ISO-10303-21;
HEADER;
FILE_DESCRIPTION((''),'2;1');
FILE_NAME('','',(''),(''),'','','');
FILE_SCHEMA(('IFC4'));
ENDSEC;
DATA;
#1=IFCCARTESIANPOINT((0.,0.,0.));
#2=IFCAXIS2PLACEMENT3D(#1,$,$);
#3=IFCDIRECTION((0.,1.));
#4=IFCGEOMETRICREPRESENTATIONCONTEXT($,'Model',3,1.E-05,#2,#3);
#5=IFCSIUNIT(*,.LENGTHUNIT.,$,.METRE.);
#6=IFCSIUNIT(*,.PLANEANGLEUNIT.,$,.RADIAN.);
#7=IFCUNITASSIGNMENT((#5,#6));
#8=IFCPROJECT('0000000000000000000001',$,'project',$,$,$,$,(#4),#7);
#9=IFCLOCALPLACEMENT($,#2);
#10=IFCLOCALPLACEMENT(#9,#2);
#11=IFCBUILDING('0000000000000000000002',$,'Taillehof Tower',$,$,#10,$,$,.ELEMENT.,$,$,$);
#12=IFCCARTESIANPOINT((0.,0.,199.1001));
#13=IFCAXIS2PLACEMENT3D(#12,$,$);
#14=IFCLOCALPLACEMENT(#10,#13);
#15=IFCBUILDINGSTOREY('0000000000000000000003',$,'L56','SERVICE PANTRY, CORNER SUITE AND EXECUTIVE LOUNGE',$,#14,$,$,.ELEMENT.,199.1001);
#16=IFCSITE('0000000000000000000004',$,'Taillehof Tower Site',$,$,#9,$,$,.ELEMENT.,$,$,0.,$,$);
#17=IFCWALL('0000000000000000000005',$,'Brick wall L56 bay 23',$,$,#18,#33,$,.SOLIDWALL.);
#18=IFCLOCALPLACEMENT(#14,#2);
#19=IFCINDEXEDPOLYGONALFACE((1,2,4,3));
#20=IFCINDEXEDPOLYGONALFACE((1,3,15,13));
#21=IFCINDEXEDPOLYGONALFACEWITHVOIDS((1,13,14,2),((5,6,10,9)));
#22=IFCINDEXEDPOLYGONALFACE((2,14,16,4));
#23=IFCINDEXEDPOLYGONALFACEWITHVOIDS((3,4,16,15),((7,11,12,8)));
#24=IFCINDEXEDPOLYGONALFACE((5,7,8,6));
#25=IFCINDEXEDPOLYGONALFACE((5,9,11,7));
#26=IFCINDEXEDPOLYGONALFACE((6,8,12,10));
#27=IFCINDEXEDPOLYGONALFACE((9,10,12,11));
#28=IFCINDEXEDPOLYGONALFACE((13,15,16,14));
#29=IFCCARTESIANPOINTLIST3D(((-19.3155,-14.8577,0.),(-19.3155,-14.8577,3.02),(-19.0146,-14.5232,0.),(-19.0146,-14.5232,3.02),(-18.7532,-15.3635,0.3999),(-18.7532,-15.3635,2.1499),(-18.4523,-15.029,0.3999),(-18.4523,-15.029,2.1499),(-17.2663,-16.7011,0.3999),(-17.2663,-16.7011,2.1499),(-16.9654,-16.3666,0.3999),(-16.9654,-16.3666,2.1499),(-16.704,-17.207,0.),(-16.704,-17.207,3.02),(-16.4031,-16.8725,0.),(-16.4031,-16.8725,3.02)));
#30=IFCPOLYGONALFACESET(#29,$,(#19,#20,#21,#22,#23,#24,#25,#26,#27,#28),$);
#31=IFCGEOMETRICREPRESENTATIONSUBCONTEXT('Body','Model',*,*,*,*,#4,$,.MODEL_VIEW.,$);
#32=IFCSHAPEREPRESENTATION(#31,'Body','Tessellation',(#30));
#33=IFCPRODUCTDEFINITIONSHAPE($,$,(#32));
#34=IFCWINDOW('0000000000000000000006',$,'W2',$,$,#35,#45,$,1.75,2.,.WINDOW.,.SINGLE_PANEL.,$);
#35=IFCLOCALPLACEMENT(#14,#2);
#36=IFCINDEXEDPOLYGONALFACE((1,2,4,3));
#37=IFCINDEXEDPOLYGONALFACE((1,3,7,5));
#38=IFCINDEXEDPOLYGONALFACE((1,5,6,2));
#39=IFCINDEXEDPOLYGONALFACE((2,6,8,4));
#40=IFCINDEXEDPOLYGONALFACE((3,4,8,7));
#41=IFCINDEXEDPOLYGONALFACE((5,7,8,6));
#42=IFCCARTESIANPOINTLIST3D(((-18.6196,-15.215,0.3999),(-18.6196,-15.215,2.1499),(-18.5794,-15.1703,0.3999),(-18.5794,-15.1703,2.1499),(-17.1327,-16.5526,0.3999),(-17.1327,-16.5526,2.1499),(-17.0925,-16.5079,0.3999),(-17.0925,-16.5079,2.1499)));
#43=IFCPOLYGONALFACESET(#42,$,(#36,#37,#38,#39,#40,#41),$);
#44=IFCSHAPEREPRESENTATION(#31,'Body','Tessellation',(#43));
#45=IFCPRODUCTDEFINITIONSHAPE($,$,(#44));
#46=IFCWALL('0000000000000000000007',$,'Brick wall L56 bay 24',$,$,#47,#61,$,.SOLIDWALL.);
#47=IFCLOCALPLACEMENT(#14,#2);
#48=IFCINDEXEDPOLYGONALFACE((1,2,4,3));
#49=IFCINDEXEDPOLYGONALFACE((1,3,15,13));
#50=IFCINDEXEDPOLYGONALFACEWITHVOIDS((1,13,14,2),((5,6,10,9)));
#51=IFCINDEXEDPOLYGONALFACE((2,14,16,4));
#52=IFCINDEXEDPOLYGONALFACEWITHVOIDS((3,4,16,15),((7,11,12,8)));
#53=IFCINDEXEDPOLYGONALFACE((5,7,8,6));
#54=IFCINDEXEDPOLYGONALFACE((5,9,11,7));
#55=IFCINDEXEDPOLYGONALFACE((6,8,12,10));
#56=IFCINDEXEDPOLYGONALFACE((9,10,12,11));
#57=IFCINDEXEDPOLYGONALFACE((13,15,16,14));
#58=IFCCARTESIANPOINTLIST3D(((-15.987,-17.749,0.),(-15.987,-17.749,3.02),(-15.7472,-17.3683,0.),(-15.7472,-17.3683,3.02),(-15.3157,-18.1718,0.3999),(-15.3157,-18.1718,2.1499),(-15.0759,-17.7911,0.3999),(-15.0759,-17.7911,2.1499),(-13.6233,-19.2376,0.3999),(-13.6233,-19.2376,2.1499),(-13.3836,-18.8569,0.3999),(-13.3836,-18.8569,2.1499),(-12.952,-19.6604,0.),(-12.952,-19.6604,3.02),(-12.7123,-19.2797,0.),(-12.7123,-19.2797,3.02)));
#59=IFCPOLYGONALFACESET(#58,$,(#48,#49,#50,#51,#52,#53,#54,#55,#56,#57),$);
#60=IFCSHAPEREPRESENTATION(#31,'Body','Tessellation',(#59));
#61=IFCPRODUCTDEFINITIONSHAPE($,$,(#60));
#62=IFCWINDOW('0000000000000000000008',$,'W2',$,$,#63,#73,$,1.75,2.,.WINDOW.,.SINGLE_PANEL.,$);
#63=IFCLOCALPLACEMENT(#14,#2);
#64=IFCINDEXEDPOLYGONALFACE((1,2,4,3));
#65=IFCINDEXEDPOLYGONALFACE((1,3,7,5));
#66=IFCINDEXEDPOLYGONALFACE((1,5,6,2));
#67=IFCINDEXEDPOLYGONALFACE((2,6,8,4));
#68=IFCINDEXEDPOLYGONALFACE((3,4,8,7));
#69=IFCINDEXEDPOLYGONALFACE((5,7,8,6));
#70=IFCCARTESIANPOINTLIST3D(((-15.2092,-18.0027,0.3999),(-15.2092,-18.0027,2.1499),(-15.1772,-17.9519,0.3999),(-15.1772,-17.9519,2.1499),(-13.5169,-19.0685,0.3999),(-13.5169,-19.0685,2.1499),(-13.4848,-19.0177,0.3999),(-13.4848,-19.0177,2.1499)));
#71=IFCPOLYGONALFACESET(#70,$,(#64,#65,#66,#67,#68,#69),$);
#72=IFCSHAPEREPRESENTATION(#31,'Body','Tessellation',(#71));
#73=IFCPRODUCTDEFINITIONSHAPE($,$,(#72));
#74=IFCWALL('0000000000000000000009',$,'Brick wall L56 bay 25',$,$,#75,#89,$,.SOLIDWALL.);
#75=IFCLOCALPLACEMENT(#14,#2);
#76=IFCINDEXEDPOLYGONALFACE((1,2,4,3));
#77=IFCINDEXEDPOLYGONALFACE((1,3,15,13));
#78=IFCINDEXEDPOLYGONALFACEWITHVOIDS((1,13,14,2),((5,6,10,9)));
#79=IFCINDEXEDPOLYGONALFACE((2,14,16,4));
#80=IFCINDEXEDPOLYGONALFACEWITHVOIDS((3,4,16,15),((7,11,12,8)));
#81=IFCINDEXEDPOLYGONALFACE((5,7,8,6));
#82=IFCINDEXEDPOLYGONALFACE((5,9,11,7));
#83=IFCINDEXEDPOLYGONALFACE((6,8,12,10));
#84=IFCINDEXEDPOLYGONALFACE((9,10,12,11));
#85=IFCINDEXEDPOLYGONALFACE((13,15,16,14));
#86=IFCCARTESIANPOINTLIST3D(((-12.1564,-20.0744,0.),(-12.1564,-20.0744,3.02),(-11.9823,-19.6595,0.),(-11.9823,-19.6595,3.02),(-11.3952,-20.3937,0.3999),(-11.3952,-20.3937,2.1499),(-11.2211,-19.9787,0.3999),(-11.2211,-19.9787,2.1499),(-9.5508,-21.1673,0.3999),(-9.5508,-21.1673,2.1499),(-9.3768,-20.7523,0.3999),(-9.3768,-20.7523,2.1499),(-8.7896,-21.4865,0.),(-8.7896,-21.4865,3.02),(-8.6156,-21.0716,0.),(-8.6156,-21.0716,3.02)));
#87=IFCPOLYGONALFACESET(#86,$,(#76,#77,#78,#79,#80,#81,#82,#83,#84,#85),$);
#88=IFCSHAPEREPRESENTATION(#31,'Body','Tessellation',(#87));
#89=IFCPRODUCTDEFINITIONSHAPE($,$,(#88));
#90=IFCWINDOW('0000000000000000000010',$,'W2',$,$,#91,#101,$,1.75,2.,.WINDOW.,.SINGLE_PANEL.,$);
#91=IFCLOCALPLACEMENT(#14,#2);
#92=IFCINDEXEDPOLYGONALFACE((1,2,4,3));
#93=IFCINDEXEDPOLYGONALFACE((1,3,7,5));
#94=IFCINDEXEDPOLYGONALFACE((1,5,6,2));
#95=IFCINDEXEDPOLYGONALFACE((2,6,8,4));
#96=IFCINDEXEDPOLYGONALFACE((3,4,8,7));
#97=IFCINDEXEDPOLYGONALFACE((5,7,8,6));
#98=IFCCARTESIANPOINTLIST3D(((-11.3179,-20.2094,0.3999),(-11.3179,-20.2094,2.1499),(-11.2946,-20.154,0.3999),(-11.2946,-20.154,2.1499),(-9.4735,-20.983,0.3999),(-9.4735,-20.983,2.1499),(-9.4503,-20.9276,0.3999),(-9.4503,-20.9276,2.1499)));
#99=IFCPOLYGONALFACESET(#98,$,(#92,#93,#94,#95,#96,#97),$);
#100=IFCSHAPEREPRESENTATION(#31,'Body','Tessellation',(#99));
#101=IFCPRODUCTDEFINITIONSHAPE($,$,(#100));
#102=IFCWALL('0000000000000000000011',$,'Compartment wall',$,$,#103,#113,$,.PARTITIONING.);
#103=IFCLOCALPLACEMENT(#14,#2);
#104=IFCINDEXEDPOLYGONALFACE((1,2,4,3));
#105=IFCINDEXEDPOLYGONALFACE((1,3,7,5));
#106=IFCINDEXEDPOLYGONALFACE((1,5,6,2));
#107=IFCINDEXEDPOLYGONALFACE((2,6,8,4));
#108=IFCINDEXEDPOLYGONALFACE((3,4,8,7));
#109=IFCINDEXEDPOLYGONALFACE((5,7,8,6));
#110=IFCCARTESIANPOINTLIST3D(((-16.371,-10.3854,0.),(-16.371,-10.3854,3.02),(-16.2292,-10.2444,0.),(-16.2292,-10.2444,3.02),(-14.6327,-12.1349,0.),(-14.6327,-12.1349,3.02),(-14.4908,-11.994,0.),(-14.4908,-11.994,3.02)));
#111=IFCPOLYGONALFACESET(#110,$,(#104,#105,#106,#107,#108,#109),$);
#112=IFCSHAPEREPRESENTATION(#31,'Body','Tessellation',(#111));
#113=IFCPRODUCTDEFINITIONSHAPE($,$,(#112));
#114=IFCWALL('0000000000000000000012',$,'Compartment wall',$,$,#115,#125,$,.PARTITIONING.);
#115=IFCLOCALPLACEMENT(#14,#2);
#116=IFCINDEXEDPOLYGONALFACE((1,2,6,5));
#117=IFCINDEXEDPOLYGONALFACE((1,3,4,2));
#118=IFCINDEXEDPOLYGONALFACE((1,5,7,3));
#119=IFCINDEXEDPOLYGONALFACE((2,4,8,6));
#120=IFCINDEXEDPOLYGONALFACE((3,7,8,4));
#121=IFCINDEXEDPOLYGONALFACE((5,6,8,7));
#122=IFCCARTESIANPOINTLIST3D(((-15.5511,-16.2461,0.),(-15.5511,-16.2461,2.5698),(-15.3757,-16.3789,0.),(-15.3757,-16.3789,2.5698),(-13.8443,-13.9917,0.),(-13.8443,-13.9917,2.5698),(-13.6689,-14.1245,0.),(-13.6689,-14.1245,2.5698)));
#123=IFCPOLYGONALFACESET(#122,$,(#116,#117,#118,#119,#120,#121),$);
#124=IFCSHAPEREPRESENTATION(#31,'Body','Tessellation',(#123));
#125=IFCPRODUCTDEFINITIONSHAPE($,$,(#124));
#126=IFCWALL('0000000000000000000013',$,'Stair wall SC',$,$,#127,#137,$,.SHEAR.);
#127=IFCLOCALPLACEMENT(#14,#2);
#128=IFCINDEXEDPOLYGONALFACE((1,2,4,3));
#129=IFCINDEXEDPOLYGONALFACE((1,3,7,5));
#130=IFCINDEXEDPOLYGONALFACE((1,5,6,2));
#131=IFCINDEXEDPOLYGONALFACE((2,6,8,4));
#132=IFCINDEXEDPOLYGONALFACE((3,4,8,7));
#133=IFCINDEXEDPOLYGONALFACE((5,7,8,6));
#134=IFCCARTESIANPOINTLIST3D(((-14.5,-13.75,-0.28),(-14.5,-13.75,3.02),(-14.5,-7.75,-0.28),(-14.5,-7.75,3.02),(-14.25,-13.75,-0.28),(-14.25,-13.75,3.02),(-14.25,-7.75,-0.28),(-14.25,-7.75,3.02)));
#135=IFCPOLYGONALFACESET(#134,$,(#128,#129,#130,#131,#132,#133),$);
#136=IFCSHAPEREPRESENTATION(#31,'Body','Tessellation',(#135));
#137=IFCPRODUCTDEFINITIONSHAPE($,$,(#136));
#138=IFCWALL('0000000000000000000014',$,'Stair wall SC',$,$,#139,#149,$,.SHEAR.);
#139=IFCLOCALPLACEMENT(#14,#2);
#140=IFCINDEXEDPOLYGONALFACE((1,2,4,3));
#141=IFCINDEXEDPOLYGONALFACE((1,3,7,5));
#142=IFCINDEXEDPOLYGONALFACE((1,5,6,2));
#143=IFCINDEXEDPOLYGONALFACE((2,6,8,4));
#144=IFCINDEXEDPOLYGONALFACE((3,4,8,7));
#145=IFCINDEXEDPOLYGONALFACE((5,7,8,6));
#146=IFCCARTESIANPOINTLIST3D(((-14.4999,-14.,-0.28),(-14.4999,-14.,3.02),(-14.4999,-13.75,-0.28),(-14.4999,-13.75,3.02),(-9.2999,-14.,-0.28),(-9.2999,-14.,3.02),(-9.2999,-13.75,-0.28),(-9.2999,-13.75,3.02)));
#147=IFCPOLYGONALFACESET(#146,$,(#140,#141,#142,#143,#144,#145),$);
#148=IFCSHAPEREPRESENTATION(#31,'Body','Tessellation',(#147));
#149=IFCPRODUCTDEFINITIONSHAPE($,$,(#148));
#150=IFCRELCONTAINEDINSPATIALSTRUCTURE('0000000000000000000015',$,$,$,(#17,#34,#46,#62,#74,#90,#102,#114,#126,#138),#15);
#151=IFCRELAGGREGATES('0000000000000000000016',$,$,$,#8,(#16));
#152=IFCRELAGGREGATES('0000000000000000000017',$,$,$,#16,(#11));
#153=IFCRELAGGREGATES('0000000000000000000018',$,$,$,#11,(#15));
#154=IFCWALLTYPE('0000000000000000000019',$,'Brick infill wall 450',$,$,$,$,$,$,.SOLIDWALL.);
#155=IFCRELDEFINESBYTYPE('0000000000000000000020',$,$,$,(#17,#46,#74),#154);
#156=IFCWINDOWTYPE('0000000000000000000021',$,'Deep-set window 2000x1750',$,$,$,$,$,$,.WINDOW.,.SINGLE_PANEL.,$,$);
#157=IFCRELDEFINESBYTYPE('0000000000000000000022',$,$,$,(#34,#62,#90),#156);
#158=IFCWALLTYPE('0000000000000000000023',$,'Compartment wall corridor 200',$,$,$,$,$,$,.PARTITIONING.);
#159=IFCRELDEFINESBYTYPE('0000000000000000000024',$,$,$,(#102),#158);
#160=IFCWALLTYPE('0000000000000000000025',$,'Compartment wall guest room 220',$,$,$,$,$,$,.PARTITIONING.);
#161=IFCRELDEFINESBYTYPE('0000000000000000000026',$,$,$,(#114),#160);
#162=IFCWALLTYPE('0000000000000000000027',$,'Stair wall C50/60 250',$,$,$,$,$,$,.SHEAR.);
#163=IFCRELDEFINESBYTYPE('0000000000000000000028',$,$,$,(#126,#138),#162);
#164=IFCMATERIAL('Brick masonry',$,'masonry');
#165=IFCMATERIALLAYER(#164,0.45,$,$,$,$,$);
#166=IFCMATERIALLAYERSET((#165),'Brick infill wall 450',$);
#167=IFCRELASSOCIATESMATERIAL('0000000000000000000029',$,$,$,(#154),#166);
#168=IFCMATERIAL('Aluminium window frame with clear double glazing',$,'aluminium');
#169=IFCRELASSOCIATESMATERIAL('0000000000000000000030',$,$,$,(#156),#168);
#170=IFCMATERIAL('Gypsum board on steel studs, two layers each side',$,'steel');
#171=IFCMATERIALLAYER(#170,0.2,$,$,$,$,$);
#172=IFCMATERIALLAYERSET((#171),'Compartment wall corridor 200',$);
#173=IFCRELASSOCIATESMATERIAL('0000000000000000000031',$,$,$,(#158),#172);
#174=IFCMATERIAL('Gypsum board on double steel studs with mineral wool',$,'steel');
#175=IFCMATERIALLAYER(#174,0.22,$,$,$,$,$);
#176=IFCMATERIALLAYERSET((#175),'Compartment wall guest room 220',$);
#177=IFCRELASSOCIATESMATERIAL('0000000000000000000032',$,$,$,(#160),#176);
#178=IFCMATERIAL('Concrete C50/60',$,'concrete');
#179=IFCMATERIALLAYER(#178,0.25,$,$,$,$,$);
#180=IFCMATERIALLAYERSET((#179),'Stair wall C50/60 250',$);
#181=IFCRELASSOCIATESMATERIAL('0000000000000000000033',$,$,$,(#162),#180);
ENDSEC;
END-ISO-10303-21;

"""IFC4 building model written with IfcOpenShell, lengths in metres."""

from ifc_helpers import new_model, si_unit, direction, frame, frame_2d, origin, place, context, subcontext, project, spatial, rectangle, extrude, material, layer, layer_set, type_object, element, fill, save


model = new_model("IFC4")

# Units and contexts
model_context = context("Model", 3, precision=1e-05, world=origin(), true_north=direction((0.0, 1.0)))
body_context = subcontext(model_context, "Body", "Model", "MODEL_VIEW")
ifc_project = project(units=[si_unit("LENGTHUNIT", "METRE"), si_unit("PLANEANGLEUNIT", "RADIAN")], contexts=[model_context])

# Site, building, storey
site_placement = place(None, origin())
site = spatial("IfcSite", under=ifc_project, at=site_placement, Name="Taillehof Tower Site", CompositionType="ELEMENT", RefElevation=0.0)
building_placement = place(site_placement, origin())
building = spatial("IfcBuilding", under=site, at=building_placement, Name="Taillehof Tower", CompositionType="ELEMENT")
storey_placement = place(building_placement, frame((0.0, 0.0, 199.1001)))
storey = spatial("IfcBuildingStorey", under=building, at=storey_placement, Name="L56", Description="SERVICE PANTRY, CORNER SUITE AND EXECUTIVE LOUNGE", CompositionType="ELEMENT", Elevation=199.1001)

# Walls, openings, windows
ifc_material_1 = material(Name="Brick masonry", Category="masonry")
ifc_layer_1 = layer(ifc_material_1, 0.45)
ifc_layer_set_1 = layer_set([ifc_layer_1], Name="Brick infill wall 450")
wall_type_1 = type_object("IfcWallType", Name="Brick infill wall 450", PredefinedType="SOLIDWALL", material=ifc_layer_set_1)
ifc_material_2 = material(Name="Aluminium window frame with clear double glazing", Category="aluminium")
window_type = type_object("IfcWindowType", Name="Deep-set window 2000x1750", PartitioningType="SINGLE_PANEL", PredefinedType="WINDOW", material=ifc_material_2)
wall_1_placement = place(storey_placement, frame((-19.165, -14.6904, 0.0), z_axis=(0.0, 0.0, 1.0), x_axis=(0.743443, -0.6688, 0.0)))
wall_1 = element("IfcWall", 1, at=wall_1_placement, inside=storey, type_object=wall_type_1, Name="Brick wall L56 bay 23", PredefinedType="SOLIDWALL", context=body_context, shape_type="SweptSolid", body=[
    extrude(rectangle(XDim=3.5127, YDim=0.45, at=frame_2d((1.7563, 0.0))), origin(), (0.0, 0.0, 1.0), 3.02),
])
opening_1_placement = place(wall_1_placement, frame((0.7563, 0.0, 0.3999)))
opening_1 = element("IfcOpeningElement", 2, at=opening_1_placement, cuts=wall_1, PredefinedType="OPENING", context=body_context, shape_type="SweptSolid", body=[
    extrude(rectangle(XDim=2.0, YDim=1.75, at=frame_2d((1.0, 0.875))), frame((0.0, 0.2349, 0.0), z_axis=(0.0, -1.0, 0.0), x_axis=(1.0, 0.0, 0.0)), (0.0, 0.0, 1.0), 0.47),
])
window_1_placement = place(opening_1_placement, origin())
window_1 = element("IfcWindow", 3, at=window_1_placement, inside=storey, type_object=window_type, Name="W2", OverallHeight=1.75, OverallWidth=2.0, PartitioningType="SINGLE_PANEL", PredefinedType="WINDOW", context=body_context, shape_type="SweptSolid", body=[
    extrude(rectangle(XDim=2.0, YDim=1.75, at=frame_2d((1.0, 0.875))), frame((0.0, 0.0349, 0.0), z_axis=(0.0, -1.0, 0.0), x_axis=(1.0, 0.0, 0.0)), (0.0, 0.0, 1.0), 0.0601),
])
fill(opening_1, window_1)
wall_2_placement = place(storey_placement, frame((-15.8672, -17.5586, 0.0), z_axis=(0.0, 0.0, 1.0), x_axis=(0.846169, -0.532914, 0.0)))
wall_2 = element("IfcWall", 4, at=wall_2_placement, inside=storey, type_object=wall_type_1, Name="Brick wall L56 bay 24", PredefinedType="SOLIDWALL", context=body_context, shape_type="SweptSolid", body=[
    extrude(rectangle(XDim=3.5867, YDim=0.45, at=frame_2d((1.7935, 0.0))), origin(), (0.0, 0.0, 1.0), 3.02),
])
opening_2_placement = place(wall_2_placement, frame((0.7935, 0.0, 0.3999)))
opening_2 = element("IfcOpeningElement", 5, at=opening_2_placement, cuts=wall_2, PredefinedType="OPENING", context=body_context, shape_type="SweptSolid", body=[
    extrude(rectangle(XDim=2.0, YDim=1.75, at=frame_2d((1.0, 0.875))), frame((0.0, 0.2349, 0.0), z_axis=(0.0, -1.0, 0.0), x_axis=(1.0, 0.0, 0.0)), (0.0, 0.0, 1.0), 0.47),
])
window_2_placement = place(opening_2_placement, origin())
window_2 = element("IfcWindow", 6, at=window_2_placement, inside=storey, type_object=window_type, Name="W2", OverallHeight=1.75, OverallWidth=2.0, PartitioningType="SINGLE_PANEL", PredefinedType="WINDOW", context=body_context, shape_type="SweptSolid", body=[
    extrude(rectangle(XDim=2.0, YDim=1.75, at=frame_2d((1.0, 0.875))), frame((0.0, 0.0349, 0.0), z_axis=(0.0, -1.0, 0.0), x_axis=(1.0, 0.0, 0.0)), (0.0, 0.0, 1.0), 0.0601),
])
fill(opening_2, window_2)
wall_3_placement = place(storey_placement, frame((-12.0693, -19.8669, 0.0), z_axis=(0.0, 0.0, 1.0), x_axis=(0.922168, -0.386789, 0.0)))
wall_3 = element("IfcWall", 7, at=wall_3_placement, inside=storey, type_object=wall_type_1, Name="Brick wall L56 bay 25", PredefinedType="SOLIDWALL", context=body_context, shape_type="SweptSolid", body=[
    extrude(rectangle(XDim=3.6509, YDim=0.45, at=frame_2d((1.8254, 0.0))), origin(), (0.0, 0.0, 1.0), 3.02),
])
opening_3_placement = place(wall_3_placement, frame((0.8254, 0.0, 0.3999)))
opening_3 = element("IfcOpeningElement", 8, at=opening_3_placement, cuts=wall_3, PredefinedType="OPENING", context=body_context, shape_type="SweptSolid", body=[
    extrude(rectangle(XDim=2.0, YDim=1.75, at=frame_2d((1.0, 0.875))), frame((0.0, 0.2349, 0.0), z_axis=(0.0, -1.0, 0.0), x_axis=(1.0, 0.0, 0.0)), (0.0, 0.0, 1.0), 0.47),
])
window_3_placement = place(opening_3_placement, origin())
window_3 = element("IfcWindow", 9, at=window_3_placement, inside=storey, type_object=window_type, Name="W2", OverallHeight=1.75, OverallWidth=2.0, PartitioningType="SINGLE_PANEL", PredefinedType="WINDOW", context=body_context, shape_type="SweptSolid", body=[
    extrude(rectangle(XDim=2.0, YDim=1.75, at=frame_2d((1.0, 0.875))), frame((0.0, 0.0349, 0.0), z_axis=(0.0, -1.0, 0.0), x_axis=(1.0, 0.0, 0.0)), (0.0, 0.0, 1.0), 0.0601),
])
fill(opening_3, window_3)

# Walls
ifc_material_3 = material(Name="Gypsum board on steel studs, two layers each side", Category="steel")
ifc_layer_2 = layer(ifc_material_3, 0.2)
ifc_layer_set_2 = layer_set([ifc_layer_2], Name="Compartment wall corridor 200")
wall_type_2 = type_object("IfcWallType", Name="Compartment wall corridor 200", PredefinedType="PARTITIONING", material=ifc_layer_set_2)
wall_4_placement = place(storey_placement, frame((-14.5618, -12.0645, 0.0), z_axis=(0.0, 0.0, 1.0), x_axis=(-0.704826, 0.70938, 0.0)))
element("IfcWall", 10, at=wall_4_placement, inside=storey, type_object=wall_type_2, Name="Compartment wall", PredefinedType="PARTITIONING", context=body_context, shape_type="SweptSolid", body=[
    extrude(rectangle(XDim=2.4663, YDim=0.2, at=frame_2d((1.2332, 0.0))), origin(), (0.0, 0.0, 1.0), 3.02),
])
ifc_material_4 = material(Name="Gypsum board on double steel studs with mineral wool", Category="steel")
ifc_layer_3 = layer(ifc_material_4, 0.22)
ifc_layer_set_3 = layer_set([ifc_layer_3], Name="Compartment wall guest room 220")
wall_type_3 = type_object("IfcWallType", Name="Compartment wall guest room 220", PredefinedType="PARTITIONING", material=ifc_layer_set_3)
wall_5_placement = place(storey_placement, frame((-15.4634, -16.3125, 0.0), z_axis=(0.0, 0.0, 1.0), x_axis=(0.603613, 0.797277, 0.0)))
element("IfcWall", 11, at=wall_5_placement, inside=storey, type_object=wall_type_3, Name="Compartment wall", PredefinedType="PARTITIONING", context=body_context, shape_type="SweptSolid", body=[
    extrude(rectangle(XDim=2.8276, YDim=0.22, at=frame_2d((1.4138, 0.0))), origin(), (0.0, 0.0, 1.0), 2.5698),
])
ifc_material_5 = material(Name="Concrete C50/60", Category="concrete")
ifc_layer_4 = layer(ifc_material_5, 0.25)
ifc_layer_set_4 = layer_set([ifc_layer_4], Name="Stair wall C50/60 250")
wall_type_4 = type_object("IfcWallType", Name="Stair wall C50/60 250", PredefinedType="SHEAR", material=ifc_layer_set_4)
wall_6_placement = place(storey_placement, frame((-14.375, -13.75, -0.28), z_axis=(0.0, 0.0, 1.0), x_axis=(0.0, 1.0, 0.0)))
element("IfcWall", 12, at=wall_6_placement, inside=storey, type_object=wall_type_4, Name="Stair wall SC", PredefinedType="SHEAR", context=body_context, shape_type="SweptSolid", body=[
    extrude(rectangle(XDim=6.0, YDim=0.25, at=frame_2d((3.0, 0.0))), origin(), (0.0, 0.0, 1.0), 3.3),
])
wall_7_placement = place(storey_placement, frame((-14.5, -13.875, -0.28), z_axis=(0.0, 0.0, 1.0), x_axis=(1.0, 0.0, 0.0)))
element("IfcWall", 13, at=wall_7_placement, inside=storey, type_object=wall_type_4, Name="Stair wall SC", PredefinedType="SHEAR", context=body_context, shape_type="SweptSolid", body=[
    extrude(rectangle(XDim=5.2, YDim=0.25, at=frame_2d((2.6001, 0.0))), origin(), (0.0, 0.0, 1.0), 3.3),
])

save(model, "model.ifc")
